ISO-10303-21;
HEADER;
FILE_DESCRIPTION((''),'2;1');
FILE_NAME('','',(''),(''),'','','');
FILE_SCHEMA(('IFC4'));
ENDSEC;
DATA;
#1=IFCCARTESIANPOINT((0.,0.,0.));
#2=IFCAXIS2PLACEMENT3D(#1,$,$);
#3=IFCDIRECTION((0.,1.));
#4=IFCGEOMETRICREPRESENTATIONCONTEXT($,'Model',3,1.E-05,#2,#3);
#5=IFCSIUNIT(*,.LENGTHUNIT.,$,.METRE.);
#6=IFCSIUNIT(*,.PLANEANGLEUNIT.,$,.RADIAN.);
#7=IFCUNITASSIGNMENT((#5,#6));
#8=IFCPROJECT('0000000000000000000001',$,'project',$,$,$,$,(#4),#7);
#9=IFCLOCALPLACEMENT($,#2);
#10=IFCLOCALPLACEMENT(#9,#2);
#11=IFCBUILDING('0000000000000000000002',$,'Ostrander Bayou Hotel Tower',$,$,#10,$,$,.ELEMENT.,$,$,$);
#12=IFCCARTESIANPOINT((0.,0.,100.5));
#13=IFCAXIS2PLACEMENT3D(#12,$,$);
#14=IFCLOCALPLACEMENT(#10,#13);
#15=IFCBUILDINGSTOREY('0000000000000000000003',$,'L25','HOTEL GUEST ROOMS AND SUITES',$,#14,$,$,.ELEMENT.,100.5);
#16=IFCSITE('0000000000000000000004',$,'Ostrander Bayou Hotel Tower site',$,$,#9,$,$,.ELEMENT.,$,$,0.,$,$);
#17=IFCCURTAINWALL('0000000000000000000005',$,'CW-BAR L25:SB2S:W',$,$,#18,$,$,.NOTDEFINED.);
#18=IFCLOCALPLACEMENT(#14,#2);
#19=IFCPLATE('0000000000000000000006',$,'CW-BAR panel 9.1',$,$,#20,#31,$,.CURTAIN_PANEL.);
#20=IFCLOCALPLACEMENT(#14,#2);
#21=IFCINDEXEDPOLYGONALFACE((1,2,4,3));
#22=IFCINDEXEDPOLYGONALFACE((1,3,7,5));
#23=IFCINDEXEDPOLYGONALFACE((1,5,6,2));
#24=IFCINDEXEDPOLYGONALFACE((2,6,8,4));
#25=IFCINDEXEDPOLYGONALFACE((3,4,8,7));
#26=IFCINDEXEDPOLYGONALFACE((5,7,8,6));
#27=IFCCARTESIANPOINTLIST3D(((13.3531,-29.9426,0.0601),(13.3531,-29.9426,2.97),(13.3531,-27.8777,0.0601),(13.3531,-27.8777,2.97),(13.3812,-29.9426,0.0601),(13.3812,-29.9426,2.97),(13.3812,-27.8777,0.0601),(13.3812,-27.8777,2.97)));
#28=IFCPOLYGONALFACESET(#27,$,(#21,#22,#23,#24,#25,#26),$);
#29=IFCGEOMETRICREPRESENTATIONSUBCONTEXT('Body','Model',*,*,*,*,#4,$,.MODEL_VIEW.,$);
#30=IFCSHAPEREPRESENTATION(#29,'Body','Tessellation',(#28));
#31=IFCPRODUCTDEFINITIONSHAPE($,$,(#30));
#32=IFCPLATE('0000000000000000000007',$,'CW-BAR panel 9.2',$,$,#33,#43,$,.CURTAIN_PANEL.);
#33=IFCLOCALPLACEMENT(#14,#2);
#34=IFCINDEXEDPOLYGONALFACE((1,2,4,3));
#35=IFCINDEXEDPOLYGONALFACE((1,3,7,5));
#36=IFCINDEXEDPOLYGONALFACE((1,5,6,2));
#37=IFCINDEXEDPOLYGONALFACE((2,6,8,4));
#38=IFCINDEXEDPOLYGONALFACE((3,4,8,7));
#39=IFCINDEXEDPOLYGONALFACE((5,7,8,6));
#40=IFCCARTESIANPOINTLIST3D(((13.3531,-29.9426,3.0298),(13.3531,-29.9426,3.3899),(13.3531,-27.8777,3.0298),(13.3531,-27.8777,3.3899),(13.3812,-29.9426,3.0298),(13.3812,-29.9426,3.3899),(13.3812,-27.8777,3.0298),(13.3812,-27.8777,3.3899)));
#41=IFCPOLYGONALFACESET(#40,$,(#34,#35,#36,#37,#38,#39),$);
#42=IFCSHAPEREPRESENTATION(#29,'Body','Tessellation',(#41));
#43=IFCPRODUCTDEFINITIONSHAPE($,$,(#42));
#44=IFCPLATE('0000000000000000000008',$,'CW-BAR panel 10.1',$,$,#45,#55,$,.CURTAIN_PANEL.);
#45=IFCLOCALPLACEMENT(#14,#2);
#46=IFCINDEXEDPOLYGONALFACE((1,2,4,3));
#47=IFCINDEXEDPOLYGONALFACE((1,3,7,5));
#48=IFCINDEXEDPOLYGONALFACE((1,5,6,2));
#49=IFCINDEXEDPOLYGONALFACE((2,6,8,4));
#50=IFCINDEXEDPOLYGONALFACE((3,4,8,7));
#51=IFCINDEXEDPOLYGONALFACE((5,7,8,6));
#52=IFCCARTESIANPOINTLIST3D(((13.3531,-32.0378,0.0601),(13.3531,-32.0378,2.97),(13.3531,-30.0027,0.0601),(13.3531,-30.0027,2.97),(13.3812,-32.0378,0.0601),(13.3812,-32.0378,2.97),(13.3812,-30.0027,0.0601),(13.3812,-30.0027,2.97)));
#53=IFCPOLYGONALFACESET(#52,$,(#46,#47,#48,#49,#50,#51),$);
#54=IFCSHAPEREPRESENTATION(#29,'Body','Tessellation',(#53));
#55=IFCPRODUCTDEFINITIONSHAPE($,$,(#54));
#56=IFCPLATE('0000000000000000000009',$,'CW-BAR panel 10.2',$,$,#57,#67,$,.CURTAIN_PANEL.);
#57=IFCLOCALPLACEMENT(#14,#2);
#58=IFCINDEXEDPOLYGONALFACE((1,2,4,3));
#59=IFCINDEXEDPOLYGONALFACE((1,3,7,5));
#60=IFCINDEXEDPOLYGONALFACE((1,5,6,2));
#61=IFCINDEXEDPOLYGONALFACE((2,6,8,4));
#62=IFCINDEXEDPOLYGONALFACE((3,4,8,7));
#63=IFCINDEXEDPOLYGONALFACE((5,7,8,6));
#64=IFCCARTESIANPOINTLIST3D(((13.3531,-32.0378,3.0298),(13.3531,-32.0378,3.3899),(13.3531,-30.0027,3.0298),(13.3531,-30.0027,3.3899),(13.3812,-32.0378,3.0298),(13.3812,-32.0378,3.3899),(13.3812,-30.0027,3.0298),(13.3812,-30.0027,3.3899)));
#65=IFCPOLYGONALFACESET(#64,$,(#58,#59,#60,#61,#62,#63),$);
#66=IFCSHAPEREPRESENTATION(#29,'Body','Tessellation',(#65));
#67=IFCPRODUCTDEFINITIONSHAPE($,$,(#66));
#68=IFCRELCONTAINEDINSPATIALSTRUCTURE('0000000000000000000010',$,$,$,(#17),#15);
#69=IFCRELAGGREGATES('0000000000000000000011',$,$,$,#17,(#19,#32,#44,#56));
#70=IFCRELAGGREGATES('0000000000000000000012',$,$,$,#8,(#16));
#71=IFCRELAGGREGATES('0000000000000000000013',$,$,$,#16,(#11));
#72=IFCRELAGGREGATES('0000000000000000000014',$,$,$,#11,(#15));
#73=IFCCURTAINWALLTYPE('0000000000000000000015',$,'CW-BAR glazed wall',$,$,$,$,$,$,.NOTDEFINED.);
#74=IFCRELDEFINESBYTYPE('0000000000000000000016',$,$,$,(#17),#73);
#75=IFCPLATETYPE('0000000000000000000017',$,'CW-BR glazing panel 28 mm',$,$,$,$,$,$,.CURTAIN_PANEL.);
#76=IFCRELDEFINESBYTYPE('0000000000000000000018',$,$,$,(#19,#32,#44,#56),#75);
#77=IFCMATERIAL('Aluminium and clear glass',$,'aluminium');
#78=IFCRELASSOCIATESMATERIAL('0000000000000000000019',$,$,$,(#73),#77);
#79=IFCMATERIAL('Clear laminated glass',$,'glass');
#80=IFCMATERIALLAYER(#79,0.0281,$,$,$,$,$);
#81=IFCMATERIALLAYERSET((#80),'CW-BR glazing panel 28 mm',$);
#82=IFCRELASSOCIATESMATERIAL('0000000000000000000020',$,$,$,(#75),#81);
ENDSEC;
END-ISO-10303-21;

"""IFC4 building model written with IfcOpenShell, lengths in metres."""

from ifc_helpers import new_model, si_unit, direction, frame, origin, origin_2d, place, context, subcontext, project, spatial, rectangle, extrude, material, layer, layer_set, type_object, element, aggregate, save


model = new_model("IFC4")

# Units and contexts
model_context = context("Model", 3, precision=1e-05, world=origin(), true_north=direction((0.0, 1.0)))
body_context = subcontext(model_context, "Body", "Model", "MODEL_VIEW")
ifc_project = project(units=[si_unit("LENGTHUNIT", "METRE"), si_unit("PLANEANGLEUNIT", "RADIAN")], contexts=[model_context])

# Site, building, storey
site_placement = place(None, origin())
site = spatial("IfcSite", under=ifc_project, at=site_placement, Name="Ostrander Bayou Hotel Tower site", CompositionType="ELEMENT", RefElevation=0.0)
building_placement = place(site_placement, origin())
building = spatial("IfcBuilding", under=site, at=building_placement, Name="Ostrander Bayou Hotel Tower", CompositionType="ELEMENT")
storey_placement = place(building_placement, frame((0.0, 0.0, 100.5)))
storey = spatial("IfcBuildingStorey", under=building, at=storey_placement, Name="L25", Description="HOTEL GUEST ROOMS AND SUITES", CompositionType="ELEMENT", Elevation=100.5)

# Shared definitions
ifc_material_1 = material(Name="Aluminium and clear glass", Category="aluminium")
curtain_wall_type = type_object("IfcCurtainWallType", Name="CW-BAR glazed wall", PredefinedType="NOTDEFINED", material=ifc_material_1)

# Curtain wall
curtain_wall_1_placement = place(storey_placement, origin())
curtain_wall_1 = element("IfcCurtainWall", 1, at=curtain_wall_1_placement, inside=storey, type_object=curtain_wall_type, Name="CW-BAR L25:SB2S:W", PredefinedType="NOTDEFINED")

# Plates
ifc_material_2 = material(Name="Clear laminated glass", Category="glass")
ifc_layer = layer(ifc_material_2, 0.0281)
ifc_layer_set = layer_set([ifc_layer], Name="CW-BR glazing panel 28 mm")
plate_type = type_object("IfcPlateType", Name="CW-BR glazing panel 28 mm", PredefinedType="CURTAIN_PANEL", material=ifc_layer_set)
plate_1_placement = place(storey_placement, frame((13.3672, -28.9102, 0.0601), z_axis=(0.0, 0.0, 1.0), x_axis=(0.0, -1.0, 0.0)))
plate_1 = element("IfcPlate", 2, at=plate_1_placement, type_object=plate_type, Name="CW-BAR panel 9.1", PredefinedType="CURTAIN_PANEL", context=body_context, shape_type="SweptSolid", body=[
    extrude(rectangle(XDim=2.0649, YDim=0.0281, at=origin_2d()), origin(), (0.0, 0.0, 1.0), 2.9099),
])
plate_2_placement = place(storey_placement, frame((13.3672, -28.9102, 3.0298), z_axis=(0.0, 0.0, 1.0), x_axis=(0.0, -1.0, 0.0)))
plate_2 = element("IfcPlate", 3, at=plate_2_placement, type_object=plate_type, Name="CW-BAR panel 9.2", PredefinedType="CURTAIN_PANEL", context=body_context, shape_type="SweptSolid", body=[
    extrude(rectangle(XDim=2.0649, YDim=0.0281, at=origin_2d()), origin(), (0.0, 0.0, 1.0), 0.3601),
])
plate_3_placement = place(storey_placement, frame((13.3672, -31.0203, 0.0601), z_axis=(0.0, 0.0, 1.0), x_axis=(0.0, -1.0, 0.0)))
plate_3 = element("IfcPlate", 4, at=plate_3_placement, type_object=plate_type, Name="CW-BAR panel 10.1", PredefinedType="CURTAIN_PANEL", context=body_context, shape_type="SweptSolid", body=[
    extrude(rectangle(XDim=2.0352, YDim=0.0281, at=origin_2d()), origin(), (0.0, 0.0, 1.0), 2.9099),
])
plate_4_placement = place(storey_placement, frame((13.3672, -31.0203, 3.0298), z_axis=(0.0, 0.0, 1.0), x_axis=(0.0, -1.0, 0.0)))
plate_4 = element("IfcPlate", 5, at=plate_4_placement, type_object=plate_type, Name="CW-BAR panel 10.2", PredefinedType="CURTAIN_PANEL", context=body_context, shape_type="SweptSolid", body=[
    extrude(rectangle(XDim=2.0352, YDim=0.0281, at=origin_2d()), origin(), (0.0, 0.0, 1.0), 0.3601),
])
aggregate(curtain_wall_1, [plate_1, plate_2, plate_3, plate_4])

save(model, "model.ifc")
